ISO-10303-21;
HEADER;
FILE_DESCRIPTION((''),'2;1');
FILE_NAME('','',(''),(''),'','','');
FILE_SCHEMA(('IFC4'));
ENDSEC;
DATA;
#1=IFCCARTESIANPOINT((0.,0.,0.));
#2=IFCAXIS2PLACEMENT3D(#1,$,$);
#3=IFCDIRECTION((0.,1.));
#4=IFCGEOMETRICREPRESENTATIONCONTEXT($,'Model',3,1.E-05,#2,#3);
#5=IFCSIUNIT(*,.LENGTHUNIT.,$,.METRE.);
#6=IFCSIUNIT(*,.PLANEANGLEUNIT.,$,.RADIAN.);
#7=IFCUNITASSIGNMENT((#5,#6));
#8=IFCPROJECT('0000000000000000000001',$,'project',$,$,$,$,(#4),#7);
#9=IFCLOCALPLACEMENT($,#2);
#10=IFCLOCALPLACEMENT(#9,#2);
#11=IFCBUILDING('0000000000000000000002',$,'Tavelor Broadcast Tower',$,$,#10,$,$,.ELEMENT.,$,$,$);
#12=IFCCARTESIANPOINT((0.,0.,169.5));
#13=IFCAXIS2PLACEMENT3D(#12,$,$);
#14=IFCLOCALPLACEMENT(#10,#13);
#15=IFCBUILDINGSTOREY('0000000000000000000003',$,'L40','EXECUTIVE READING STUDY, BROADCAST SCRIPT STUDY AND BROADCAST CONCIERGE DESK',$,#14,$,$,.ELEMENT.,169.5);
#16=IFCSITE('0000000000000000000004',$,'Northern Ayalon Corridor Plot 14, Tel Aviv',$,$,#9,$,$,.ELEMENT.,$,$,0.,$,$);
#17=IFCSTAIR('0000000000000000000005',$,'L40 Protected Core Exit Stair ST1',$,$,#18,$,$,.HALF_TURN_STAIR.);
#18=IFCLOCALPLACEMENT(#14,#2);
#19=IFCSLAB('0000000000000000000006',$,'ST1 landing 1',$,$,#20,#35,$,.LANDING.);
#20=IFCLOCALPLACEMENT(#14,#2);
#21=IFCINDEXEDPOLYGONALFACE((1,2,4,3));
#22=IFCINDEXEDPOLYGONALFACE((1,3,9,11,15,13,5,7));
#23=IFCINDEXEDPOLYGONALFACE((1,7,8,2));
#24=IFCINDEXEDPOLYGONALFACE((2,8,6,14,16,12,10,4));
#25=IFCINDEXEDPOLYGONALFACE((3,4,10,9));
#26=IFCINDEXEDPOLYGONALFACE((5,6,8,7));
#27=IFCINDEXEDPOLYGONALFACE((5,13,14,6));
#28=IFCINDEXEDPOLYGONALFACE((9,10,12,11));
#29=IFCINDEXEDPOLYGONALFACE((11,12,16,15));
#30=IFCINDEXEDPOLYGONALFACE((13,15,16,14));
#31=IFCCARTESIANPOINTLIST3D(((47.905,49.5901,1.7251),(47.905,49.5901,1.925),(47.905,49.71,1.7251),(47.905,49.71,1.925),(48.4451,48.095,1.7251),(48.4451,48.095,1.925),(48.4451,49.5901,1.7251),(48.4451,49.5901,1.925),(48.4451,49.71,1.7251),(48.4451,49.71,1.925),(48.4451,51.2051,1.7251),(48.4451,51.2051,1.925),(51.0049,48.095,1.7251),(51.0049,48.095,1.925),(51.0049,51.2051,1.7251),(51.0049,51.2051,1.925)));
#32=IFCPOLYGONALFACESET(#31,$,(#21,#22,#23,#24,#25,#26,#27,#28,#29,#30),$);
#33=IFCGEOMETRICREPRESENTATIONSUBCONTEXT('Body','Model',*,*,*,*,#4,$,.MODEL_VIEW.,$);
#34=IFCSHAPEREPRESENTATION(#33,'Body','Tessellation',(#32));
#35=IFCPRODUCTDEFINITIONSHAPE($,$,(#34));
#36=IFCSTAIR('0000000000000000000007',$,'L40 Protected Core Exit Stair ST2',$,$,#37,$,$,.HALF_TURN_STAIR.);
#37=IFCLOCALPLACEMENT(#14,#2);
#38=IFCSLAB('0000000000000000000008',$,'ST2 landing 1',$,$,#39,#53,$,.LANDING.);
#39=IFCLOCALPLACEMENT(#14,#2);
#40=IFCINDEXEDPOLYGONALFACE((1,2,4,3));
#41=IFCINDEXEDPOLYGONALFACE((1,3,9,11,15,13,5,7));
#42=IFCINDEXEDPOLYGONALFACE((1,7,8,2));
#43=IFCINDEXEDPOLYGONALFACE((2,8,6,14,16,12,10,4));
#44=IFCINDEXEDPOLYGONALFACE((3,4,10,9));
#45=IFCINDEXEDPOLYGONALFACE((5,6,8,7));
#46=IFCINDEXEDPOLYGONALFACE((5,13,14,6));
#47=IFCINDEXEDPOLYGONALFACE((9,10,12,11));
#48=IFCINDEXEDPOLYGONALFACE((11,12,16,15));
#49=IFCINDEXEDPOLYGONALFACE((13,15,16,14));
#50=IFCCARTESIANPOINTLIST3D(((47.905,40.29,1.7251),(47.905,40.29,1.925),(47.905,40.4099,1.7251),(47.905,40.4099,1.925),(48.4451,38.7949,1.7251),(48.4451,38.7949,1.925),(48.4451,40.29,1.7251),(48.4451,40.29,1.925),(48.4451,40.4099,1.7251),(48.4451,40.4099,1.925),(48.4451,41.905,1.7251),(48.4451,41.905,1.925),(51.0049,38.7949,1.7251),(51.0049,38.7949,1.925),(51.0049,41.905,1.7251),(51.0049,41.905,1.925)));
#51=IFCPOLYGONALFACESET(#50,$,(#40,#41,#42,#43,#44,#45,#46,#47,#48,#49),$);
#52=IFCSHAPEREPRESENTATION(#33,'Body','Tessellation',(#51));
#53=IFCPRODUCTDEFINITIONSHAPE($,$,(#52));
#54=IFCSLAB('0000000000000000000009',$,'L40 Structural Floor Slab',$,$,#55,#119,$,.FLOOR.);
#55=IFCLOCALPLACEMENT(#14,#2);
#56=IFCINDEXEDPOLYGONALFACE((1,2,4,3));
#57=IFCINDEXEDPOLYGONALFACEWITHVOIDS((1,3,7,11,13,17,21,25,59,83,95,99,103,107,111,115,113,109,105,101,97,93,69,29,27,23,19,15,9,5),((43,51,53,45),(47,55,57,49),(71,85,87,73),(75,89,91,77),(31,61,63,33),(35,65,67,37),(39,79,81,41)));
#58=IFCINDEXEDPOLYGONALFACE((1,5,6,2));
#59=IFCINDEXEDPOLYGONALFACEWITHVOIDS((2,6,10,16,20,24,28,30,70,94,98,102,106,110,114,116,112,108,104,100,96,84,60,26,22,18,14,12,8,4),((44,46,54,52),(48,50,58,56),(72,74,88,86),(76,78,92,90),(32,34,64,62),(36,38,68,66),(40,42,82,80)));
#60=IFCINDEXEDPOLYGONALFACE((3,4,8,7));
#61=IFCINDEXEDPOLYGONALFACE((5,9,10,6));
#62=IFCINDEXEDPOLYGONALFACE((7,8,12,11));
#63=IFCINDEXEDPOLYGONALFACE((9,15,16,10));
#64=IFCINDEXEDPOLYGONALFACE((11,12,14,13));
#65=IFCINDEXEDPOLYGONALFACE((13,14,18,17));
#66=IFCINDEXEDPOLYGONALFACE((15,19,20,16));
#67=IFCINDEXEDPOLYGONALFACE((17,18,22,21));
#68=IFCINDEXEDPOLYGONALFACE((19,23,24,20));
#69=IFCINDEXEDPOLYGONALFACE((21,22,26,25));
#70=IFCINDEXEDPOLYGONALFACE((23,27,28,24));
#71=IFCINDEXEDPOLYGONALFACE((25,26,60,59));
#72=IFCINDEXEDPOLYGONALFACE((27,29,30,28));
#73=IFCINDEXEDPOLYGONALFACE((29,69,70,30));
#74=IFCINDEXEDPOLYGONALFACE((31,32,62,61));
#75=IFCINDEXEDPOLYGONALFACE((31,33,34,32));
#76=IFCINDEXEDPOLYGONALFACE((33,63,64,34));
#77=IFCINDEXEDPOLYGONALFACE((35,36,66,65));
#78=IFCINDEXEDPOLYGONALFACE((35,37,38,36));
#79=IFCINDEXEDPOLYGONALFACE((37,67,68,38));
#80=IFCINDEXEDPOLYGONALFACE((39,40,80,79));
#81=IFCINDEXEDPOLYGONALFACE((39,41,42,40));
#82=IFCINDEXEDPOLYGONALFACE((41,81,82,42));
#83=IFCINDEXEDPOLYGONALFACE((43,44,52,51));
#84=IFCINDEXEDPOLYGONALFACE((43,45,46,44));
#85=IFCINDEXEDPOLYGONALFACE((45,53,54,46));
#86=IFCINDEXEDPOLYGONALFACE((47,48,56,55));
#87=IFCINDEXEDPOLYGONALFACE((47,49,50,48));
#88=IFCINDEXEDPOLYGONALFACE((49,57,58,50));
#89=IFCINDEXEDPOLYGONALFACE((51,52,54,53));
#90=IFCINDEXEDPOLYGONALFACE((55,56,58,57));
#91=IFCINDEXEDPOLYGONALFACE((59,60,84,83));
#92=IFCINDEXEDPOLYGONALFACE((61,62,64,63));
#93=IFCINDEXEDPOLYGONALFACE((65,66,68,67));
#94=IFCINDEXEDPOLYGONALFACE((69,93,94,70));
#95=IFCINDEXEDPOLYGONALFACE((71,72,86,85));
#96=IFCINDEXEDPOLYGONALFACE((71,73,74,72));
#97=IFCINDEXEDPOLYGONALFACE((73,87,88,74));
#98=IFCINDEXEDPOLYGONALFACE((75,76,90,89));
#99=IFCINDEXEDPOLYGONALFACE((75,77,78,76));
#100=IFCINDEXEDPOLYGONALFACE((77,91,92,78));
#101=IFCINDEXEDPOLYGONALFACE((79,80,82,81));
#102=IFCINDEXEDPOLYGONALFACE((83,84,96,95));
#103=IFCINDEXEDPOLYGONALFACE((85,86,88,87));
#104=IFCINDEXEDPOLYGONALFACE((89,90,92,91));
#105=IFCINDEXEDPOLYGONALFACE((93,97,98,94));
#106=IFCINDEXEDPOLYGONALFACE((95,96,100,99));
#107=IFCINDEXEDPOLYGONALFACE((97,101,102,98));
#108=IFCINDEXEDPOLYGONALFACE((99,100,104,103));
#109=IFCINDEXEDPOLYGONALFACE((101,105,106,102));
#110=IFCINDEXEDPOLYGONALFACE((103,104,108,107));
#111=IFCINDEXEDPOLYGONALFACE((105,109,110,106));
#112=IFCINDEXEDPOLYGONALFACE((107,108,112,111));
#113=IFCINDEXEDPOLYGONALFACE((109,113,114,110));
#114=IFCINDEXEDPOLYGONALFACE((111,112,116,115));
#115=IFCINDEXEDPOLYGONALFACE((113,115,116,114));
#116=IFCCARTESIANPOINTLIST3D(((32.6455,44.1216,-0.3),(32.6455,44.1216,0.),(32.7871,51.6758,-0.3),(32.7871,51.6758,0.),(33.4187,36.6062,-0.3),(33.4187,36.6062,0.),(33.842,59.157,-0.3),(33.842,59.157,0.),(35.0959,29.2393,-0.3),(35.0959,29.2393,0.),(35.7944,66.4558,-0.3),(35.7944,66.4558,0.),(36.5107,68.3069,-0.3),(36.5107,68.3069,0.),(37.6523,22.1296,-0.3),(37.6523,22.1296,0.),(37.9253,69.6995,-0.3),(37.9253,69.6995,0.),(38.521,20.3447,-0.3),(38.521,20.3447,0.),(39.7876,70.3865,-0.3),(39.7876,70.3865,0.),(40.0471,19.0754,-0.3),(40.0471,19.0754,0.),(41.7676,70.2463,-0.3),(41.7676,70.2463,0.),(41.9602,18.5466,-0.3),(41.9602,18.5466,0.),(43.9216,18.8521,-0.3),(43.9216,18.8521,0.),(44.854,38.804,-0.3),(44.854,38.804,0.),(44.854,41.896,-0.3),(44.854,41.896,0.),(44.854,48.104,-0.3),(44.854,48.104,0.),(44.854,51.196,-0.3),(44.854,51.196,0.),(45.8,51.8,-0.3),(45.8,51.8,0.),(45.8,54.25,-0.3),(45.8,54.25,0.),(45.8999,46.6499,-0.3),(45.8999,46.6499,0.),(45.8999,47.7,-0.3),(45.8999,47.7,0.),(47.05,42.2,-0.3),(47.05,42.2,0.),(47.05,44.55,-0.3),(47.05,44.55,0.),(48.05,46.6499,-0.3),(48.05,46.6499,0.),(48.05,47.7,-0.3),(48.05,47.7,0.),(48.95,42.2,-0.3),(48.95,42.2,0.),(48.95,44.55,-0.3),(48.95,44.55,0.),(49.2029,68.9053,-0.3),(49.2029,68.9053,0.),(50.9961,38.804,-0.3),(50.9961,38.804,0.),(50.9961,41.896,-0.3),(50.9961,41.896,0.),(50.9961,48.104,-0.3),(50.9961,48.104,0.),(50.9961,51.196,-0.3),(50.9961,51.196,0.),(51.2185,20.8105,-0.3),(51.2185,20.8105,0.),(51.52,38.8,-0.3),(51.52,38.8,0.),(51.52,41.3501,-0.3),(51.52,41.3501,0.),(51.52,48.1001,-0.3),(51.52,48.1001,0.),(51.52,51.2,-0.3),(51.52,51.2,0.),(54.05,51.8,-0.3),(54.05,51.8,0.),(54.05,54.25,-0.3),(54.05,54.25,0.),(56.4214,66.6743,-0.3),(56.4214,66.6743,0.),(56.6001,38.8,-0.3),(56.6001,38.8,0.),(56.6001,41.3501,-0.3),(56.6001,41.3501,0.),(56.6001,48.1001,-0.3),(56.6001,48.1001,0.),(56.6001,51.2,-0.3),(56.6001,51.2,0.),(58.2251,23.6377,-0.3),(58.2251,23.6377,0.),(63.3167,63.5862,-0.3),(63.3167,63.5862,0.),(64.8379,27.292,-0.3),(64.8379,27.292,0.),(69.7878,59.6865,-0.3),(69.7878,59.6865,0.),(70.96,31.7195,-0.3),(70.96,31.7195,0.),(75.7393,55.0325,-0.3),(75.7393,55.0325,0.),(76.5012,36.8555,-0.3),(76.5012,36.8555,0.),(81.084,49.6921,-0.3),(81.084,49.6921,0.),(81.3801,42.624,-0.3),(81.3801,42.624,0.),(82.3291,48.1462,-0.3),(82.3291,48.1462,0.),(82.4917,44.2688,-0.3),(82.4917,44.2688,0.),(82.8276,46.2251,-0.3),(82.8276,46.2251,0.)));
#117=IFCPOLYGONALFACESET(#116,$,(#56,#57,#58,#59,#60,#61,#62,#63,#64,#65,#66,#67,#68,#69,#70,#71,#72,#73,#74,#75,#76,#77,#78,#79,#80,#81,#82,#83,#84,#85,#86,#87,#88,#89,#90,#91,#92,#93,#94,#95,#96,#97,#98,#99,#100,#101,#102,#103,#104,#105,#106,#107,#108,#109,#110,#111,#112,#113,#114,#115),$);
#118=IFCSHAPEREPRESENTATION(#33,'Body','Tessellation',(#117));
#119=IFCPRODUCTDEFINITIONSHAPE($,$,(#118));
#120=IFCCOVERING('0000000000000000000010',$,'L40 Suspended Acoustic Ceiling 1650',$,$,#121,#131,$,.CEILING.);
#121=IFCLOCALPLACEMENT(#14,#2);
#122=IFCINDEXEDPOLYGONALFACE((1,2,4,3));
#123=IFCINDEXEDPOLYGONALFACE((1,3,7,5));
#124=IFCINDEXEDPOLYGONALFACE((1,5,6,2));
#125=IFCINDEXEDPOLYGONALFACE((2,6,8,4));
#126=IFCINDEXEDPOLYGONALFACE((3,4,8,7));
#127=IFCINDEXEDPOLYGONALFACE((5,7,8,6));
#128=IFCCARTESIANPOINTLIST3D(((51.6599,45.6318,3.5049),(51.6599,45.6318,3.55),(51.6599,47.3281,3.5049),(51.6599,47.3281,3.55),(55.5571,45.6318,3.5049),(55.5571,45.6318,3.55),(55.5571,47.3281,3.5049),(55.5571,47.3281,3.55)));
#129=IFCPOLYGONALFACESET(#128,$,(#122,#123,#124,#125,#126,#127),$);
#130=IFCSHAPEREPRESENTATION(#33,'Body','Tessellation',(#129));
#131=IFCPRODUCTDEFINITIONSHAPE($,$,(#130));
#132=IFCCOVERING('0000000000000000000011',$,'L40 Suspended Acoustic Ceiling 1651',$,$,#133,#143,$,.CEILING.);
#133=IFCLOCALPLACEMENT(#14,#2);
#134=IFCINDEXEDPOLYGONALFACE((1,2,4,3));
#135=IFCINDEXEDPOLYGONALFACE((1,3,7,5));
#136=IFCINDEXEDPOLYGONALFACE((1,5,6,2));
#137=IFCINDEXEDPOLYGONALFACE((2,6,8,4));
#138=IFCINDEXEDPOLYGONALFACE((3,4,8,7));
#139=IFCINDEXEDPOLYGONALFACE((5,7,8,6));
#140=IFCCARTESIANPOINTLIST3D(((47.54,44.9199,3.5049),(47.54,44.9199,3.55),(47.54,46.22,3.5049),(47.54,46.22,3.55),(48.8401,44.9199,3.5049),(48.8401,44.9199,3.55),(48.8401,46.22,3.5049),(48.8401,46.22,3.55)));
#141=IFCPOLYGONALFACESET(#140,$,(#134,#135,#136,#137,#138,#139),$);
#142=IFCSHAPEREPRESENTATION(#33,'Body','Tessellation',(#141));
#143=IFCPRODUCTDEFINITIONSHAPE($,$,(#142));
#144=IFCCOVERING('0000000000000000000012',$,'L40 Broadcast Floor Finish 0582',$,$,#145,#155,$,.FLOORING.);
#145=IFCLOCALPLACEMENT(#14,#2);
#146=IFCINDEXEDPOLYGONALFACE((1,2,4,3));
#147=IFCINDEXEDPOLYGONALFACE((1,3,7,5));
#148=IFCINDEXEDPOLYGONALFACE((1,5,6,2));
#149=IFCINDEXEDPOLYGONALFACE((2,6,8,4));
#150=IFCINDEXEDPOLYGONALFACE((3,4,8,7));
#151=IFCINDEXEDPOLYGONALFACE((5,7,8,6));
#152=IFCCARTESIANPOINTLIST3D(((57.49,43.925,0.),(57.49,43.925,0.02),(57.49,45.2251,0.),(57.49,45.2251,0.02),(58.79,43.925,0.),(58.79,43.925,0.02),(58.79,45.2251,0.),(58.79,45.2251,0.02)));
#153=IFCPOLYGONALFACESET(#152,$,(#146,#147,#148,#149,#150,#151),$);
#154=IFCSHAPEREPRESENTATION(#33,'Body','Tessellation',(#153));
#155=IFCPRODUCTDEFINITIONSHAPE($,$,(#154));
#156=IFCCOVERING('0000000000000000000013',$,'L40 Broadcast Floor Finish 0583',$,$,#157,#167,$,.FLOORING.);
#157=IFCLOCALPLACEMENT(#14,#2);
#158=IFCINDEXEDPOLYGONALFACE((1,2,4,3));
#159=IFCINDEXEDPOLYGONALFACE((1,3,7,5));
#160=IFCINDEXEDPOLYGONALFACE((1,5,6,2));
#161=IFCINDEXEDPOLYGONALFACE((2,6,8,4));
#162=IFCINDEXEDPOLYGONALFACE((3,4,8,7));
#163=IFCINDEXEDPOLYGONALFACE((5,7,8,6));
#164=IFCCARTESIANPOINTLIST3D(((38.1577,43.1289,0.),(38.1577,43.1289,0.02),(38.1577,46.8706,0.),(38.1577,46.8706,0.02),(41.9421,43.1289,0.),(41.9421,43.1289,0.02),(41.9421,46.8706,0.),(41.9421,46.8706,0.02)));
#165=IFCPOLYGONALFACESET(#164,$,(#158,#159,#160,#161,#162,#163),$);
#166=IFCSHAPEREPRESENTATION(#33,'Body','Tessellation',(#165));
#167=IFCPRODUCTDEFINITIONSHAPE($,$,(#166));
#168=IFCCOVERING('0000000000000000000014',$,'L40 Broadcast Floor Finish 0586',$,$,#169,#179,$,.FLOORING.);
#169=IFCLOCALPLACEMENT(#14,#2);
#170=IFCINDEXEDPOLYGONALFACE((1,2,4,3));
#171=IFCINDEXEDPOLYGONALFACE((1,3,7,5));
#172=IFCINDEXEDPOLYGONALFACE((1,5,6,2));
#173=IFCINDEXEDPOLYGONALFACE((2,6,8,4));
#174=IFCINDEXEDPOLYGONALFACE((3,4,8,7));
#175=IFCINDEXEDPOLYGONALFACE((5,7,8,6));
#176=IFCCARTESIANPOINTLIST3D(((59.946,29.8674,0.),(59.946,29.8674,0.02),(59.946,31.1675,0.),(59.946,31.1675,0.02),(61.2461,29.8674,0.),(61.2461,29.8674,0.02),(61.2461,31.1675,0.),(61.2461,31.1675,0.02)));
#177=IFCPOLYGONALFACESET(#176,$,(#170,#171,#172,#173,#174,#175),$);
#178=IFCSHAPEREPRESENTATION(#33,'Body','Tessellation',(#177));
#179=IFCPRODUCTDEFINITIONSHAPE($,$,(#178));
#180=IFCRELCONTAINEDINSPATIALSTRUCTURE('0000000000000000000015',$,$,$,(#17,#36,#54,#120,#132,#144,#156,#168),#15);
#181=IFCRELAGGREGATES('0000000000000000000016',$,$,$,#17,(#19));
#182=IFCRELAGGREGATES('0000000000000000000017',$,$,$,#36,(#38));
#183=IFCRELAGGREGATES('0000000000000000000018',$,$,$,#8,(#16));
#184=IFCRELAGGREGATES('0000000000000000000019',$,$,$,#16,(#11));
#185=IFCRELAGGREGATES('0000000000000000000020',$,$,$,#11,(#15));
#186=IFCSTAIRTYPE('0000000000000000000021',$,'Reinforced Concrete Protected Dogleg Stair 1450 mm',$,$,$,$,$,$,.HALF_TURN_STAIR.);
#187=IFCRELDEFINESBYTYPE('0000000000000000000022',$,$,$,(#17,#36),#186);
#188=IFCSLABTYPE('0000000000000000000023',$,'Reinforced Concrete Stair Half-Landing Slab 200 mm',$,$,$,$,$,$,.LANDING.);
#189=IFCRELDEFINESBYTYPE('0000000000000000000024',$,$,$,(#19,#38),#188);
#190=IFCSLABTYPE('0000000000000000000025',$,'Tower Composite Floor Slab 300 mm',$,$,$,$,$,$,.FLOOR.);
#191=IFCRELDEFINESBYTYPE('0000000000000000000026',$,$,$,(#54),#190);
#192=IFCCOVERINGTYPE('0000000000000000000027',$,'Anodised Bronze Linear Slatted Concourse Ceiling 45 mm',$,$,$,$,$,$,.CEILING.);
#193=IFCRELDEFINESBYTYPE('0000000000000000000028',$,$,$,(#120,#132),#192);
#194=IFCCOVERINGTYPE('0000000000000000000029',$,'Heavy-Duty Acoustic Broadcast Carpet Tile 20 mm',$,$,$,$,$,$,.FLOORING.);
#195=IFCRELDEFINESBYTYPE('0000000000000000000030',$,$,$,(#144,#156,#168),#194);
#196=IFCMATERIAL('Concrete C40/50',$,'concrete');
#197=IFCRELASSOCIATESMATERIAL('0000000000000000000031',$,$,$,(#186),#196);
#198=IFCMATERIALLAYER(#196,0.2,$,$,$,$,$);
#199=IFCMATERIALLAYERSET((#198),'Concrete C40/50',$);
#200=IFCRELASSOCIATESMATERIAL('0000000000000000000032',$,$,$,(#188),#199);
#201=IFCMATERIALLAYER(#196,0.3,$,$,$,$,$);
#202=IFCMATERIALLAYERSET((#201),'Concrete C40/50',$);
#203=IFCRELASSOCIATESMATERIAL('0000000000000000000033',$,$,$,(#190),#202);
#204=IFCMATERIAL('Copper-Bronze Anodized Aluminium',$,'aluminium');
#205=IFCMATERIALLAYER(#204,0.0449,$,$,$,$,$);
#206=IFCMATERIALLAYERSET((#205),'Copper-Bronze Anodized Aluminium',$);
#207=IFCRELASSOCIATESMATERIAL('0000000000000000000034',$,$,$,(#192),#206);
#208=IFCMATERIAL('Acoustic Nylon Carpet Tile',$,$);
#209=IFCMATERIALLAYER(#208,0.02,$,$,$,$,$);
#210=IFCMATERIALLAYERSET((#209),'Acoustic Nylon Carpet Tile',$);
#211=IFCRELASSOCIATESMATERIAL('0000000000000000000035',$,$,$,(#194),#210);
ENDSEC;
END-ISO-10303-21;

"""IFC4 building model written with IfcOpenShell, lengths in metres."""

from ifc_helpers import new_model, si_unit, direction, frame, origin, place, context, subcontext, project, spatial, polyline, outline, extrude, material, layer, layer_set, type_object, element, aggregate, save


model = new_model("IFC4")

# Units and contexts
model_context = context("Model", 3, precision=1e-05, world=origin(), true_north=direction((0.0, 1.0)))
body_context = subcontext(model_context, "Body", "Model", "MODEL_VIEW")
ifc_project = project(units=[si_unit("LENGTHUNIT", "METRE"), si_unit("PLANEANGLEUNIT", "RADIAN")], contexts=[model_context])

# Site, building, storey
site_placement = place(None, origin())
site = spatial("IfcSite", under=ifc_project, at=site_placement, Name="Northern Ayalon Corridor Plot 14, Tel Aviv", CompositionType="ELEMENT", RefElevation=0.0)
building_placement = place(site_placement, origin())
building = spatial("IfcBuilding", under=site, at=building_placement, Name="Tavelor Broadcast Tower", CompositionType="ELEMENT")
storey_placement = place(building_placement, frame((0.0, 0.0, 169.5)))
storey = spatial("IfcBuildingStorey", under=building, at=storey_placement, Name="L40", Description="EXECUTIVE READING STUDY, BROADCAST SCRIPT STUDY AND BROADCAST CONCIERGE DESK", CompositionType="ELEMENT", Elevation=169.5)

# Stairs, slabs
ifc_material_1 = material(Name="Concrete C40/50", Category="concrete")
stair_type = type_object("IfcStairType", Name="Reinforced Concrete Protected Dogleg Stair 1450 mm", PredefinedType="HALF_TURN_STAIR", material=ifc_material_1)
stair_1_placement = place(storey_placement, origin())
stair_1 = element("IfcStair", 1, at=stair_1_placement, inside=storey, type_object=stair_type, Name="L40 Protected Core Exit Stair ST1", PredefinedType="HALF_TURN_STAIR")
ifc_layer_1 = layer(ifc_material_1, 0.2)
ifc_layer_set_1 = layer_set([ifc_layer_1], Name="Concrete C40/50")
slab_type_1 = type_object("IfcSlabType", Name="Reinforced Concrete Stair Half-Landing Slab 200 mm", PredefinedType="LANDING", material=ifc_layer_set_1)
slab_1_placement = place(storey_placement, frame((0.0, 0.0, 1.7251)))
slab_1 = element("IfcSlab", 2, at=slab_1_placement, type_object=slab_type_1, Name="ST1 landing 1", PredefinedType="LANDING", context=body_context, shape_type="SweptSolid", body=[
    extrude(outline(polyline([(48.4451, 49.5901), (48.4451, 48.095), (51.0049, 48.095), (51.0049, 51.2051), (48.4451, 51.2051), (48.4451, 49.71), (47.905, 49.71), (47.905, 49.5901), (48.4451, 49.5901)])), origin(), (0.0, 0.0, 1.0), 0.2),
])
aggregate(stair_1, [slab_1])
stair_2_placement = place(storey_placement, origin())
stair_2 = element("IfcStair", 3, at=stair_2_placement, inside=storey, type_object=stair_type, Name="L40 Protected Core Exit Stair ST2", PredefinedType="HALF_TURN_STAIR")
slab_2_placement = place(storey_placement, frame((0.0, 0.0, 1.7251)))
slab_2 = element("IfcSlab", 4, at=slab_2_placement, type_object=slab_type_1, Name="ST2 landing 1", PredefinedType="LANDING", context=body_context, shape_type="SweptSolid", body=[
    extrude(outline(polyline([(48.4451, 40.29), (48.4451, 38.7949), (51.0049, 38.7949), (51.0049, 41.905), (48.4451, 41.905), (48.4451, 40.4099), (47.905, 40.4099), (47.905, 40.29), (48.4451, 40.29)])), origin(), (0.0, 0.0, 1.0), 0.2),
])
aggregate(stair_2, [slab_2])

# Slab
ifc_layer_2 = layer(ifc_material_1, 0.3)
ifc_layer_set_2 = layer_set([ifc_layer_2], Name="Concrete C40/50")
slab_type_2 = type_object("IfcSlabType", Name="Tower Composite Floor Slab 300 mm", PredefinedType="FLOOR", material=ifc_layer_set_2)
slab_3_placement = place(storey_placement, frame((0.0, 0.0, -0.3)))
element("IfcSlab", 5, at=slab_3_placement, inside=storey, type_object=slab_type_2, Name="L40 Structural Floor Slab", PredefinedType="FLOOR", context=body_context, shape_type="SweptSolid", body=[
    extrude(outline(polyline([(41.7676, 70.2463), (39.7876, 70.3865), (37.9253, 69.6995), (36.5107, 68.3069), (35.7944, 66.4558), (33.842, 59.157), (32.7871, 51.6758), (32.6455, 44.1216), (33.4187, 36.6062), (35.0959, 29.2393), (37.6523, 22.1296), (38.521, 20.3447), (40.0471, 19.0754), (41.9602, 18.5466), (43.9216, 18.8521), (51.2185, 20.8105), (58.2251, 23.6377), (64.8379, 27.292), (70.96, 31.7195), (76.5012, 36.8555), (81.3801, 42.624), (82.4917, 44.2688), (82.8276, 46.2251), (82.3291, 48.1462), (81.084, 49.6921), (75.7393, 55.0325), (69.7878, 59.6865), (63.3167, 63.5862), (56.4214, 66.6743), (49.2029, 68.9053), (41.7676, 70.2463)]), holes=[polyline([(56.6001, 41.3501), (56.6001, 38.8), (51.52, 38.8), (51.52, 41.3501), (56.6001, 41.3501)]), polyline([(50.9961, 38.804), (44.854, 38.804), (44.854, 41.896), (50.9961, 41.896), (50.9961, 38.804)]), polyline([(47.05, 42.2), (47.05, 44.55), (48.95, 44.55), (48.95, 42.2), (47.05, 42.2)]), polyline([(48.05, 46.6499), (45.8999, 46.6499), (45.8999, 47.7), (48.05, 47.7), (48.05, 46.6499)]), polyline([(50.9961, 48.104), (44.854, 48.104), (44.854, 51.196), (50.9961, 51.196), (50.9961, 48.104)]), polyline([(56.6001, 48.1001), (51.52, 48.1001), (51.52, 51.2), (56.6001, 51.2), (56.6001, 48.1001)]), polyline([(54.05, 51.8), (45.8, 51.8), (45.8, 54.25), (54.05, 54.25), (54.05, 51.8)])]), origin(), (0.0, 0.0, 1.0), 0.3),
])

# Coverings
ifc_material_2 = material(Name="Copper-Bronze Anodized Aluminium", Category="aluminium")
ifc_layer_3 = layer(ifc_material_2, 0.0449)
ifc_layer_set_3 = layer_set([ifc_layer_3], Name="Copper-Bronze Anodized Aluminium")
covering_type_1 = type_object("IfcCoveringType", Name="Anodised Bronze Linear Slatted Concourse Ceiling 45 mm", PredefinedType="CEILING", material=ifc_layer_set_3)
covering_1_placement = place(storey_placement, frame((0.0, 0.0, 3.5049)))
element("IfcCovering", 6, at=covering_1_placement, inside=storey, type_object=covering_type_1, Name="L40 Suspended Acoustic Ceiling 1650", PredefinedType="CEILING", context=body_context, shape_type="SweptSolid", body=[
    extrude(outline(polyline([(51.6599, 45.6318), (55.5571, 45.6318), (55.5571, 47.3281), (51.6599, 47.3281), (51.6599, 45.6318)])), origin(), (0.0, 0.0, 1.0), 0.0452),
])
covering_2_placement = place(storey_placement, frame((0.0, 0.0, 3.5049)))
element("IfcCovering", 7, at=covering_2_placement, inside=storey, type_object=covering_type_1, Name="L40 Suspended Acoustic Ceiling 1651", PredefinedType="CEILING", context=body_context, shape_type="SweptSolid", body=[
    extrude(outline(polyline([(47.54, 44.9199), (48.8401, 44.9199), (48.8401, 46.22), (47.54, 46.22), (47.54, 44.9199)])), origin(), (0.0, 0.0, 1.0), 0.0452),
])
ifc_material_3 = material(Name="Acoustic Nylon Carpet Tile")
ifc_layer_4 = layer(ifc_material_3, 0.02)
ifc_layer_set_4 = layer_set([ifc_layer_4], Name="Acoustic Nylon Carpet Tile")
covering_type_2 = type_object("IfcCoveringType", Name="Heavy-Duty Acoustic Broadcast Carpet Tile 20 mm", PredefinedType="FLOORING", material=ifc_layer_set_4)
covering_3_placement = place(storey_placement, origin())
element("IfcCovering", 8, at=covering_3_placement, inside=storey, type_object=covering_type_2, Name="L40 Broadcast Floor Finish 0582", PredefinedType="FLOORING", context=body_context, shape_type="SweptSolid", body=[
    extrude(outline(polyline([(57.49, 43.925), (58.79, 43.925), (58.79, 45.2251), (57.49, 45.2251), (57.49, 43.925)])), origin(), (0.0, 0.0, 1.0), 0.02),
])
covering_4_placement = place(storey_placement, origin())
element("IfcCovering", 9, at=covering_4_placement, inside=storey, type_object=covering_type_2, Name="L40 Broadcast Floor Finish 0583", PredefinedType="FLOORING", context=body_context, shape_type="SweptSolid", body=[
    extrude(outline(polyline([(38.1577, 43.1289), (41.9421, 43.1289), (41.9421, 46.8706), (38.1577, 46.8706), (38.1577, 43.1289)])), origin(), (0.0, 0.0, 1.0), 0.02),
])
covering_5_placement = place(storey_placement, origin())
element("IfcCovering", 10, at=covering_5_placement, inside=storey, type_object=covering_type_2, Name="L40 Broadcast Floor Finish 0586", PredefinedType="FLOORING", context=body_context, shape_type="SweptSolid", body=[
    extrude(outline(polyline([(59.946, 29.8674), (61.2461, 29.8674), (61.2461, 31.1675), (59.946, 31.1675), (59.946, 29.8674)])), origin(), (0.0, 0.0, 1.0), 0.02),
])

save(model, "model.ifc")
